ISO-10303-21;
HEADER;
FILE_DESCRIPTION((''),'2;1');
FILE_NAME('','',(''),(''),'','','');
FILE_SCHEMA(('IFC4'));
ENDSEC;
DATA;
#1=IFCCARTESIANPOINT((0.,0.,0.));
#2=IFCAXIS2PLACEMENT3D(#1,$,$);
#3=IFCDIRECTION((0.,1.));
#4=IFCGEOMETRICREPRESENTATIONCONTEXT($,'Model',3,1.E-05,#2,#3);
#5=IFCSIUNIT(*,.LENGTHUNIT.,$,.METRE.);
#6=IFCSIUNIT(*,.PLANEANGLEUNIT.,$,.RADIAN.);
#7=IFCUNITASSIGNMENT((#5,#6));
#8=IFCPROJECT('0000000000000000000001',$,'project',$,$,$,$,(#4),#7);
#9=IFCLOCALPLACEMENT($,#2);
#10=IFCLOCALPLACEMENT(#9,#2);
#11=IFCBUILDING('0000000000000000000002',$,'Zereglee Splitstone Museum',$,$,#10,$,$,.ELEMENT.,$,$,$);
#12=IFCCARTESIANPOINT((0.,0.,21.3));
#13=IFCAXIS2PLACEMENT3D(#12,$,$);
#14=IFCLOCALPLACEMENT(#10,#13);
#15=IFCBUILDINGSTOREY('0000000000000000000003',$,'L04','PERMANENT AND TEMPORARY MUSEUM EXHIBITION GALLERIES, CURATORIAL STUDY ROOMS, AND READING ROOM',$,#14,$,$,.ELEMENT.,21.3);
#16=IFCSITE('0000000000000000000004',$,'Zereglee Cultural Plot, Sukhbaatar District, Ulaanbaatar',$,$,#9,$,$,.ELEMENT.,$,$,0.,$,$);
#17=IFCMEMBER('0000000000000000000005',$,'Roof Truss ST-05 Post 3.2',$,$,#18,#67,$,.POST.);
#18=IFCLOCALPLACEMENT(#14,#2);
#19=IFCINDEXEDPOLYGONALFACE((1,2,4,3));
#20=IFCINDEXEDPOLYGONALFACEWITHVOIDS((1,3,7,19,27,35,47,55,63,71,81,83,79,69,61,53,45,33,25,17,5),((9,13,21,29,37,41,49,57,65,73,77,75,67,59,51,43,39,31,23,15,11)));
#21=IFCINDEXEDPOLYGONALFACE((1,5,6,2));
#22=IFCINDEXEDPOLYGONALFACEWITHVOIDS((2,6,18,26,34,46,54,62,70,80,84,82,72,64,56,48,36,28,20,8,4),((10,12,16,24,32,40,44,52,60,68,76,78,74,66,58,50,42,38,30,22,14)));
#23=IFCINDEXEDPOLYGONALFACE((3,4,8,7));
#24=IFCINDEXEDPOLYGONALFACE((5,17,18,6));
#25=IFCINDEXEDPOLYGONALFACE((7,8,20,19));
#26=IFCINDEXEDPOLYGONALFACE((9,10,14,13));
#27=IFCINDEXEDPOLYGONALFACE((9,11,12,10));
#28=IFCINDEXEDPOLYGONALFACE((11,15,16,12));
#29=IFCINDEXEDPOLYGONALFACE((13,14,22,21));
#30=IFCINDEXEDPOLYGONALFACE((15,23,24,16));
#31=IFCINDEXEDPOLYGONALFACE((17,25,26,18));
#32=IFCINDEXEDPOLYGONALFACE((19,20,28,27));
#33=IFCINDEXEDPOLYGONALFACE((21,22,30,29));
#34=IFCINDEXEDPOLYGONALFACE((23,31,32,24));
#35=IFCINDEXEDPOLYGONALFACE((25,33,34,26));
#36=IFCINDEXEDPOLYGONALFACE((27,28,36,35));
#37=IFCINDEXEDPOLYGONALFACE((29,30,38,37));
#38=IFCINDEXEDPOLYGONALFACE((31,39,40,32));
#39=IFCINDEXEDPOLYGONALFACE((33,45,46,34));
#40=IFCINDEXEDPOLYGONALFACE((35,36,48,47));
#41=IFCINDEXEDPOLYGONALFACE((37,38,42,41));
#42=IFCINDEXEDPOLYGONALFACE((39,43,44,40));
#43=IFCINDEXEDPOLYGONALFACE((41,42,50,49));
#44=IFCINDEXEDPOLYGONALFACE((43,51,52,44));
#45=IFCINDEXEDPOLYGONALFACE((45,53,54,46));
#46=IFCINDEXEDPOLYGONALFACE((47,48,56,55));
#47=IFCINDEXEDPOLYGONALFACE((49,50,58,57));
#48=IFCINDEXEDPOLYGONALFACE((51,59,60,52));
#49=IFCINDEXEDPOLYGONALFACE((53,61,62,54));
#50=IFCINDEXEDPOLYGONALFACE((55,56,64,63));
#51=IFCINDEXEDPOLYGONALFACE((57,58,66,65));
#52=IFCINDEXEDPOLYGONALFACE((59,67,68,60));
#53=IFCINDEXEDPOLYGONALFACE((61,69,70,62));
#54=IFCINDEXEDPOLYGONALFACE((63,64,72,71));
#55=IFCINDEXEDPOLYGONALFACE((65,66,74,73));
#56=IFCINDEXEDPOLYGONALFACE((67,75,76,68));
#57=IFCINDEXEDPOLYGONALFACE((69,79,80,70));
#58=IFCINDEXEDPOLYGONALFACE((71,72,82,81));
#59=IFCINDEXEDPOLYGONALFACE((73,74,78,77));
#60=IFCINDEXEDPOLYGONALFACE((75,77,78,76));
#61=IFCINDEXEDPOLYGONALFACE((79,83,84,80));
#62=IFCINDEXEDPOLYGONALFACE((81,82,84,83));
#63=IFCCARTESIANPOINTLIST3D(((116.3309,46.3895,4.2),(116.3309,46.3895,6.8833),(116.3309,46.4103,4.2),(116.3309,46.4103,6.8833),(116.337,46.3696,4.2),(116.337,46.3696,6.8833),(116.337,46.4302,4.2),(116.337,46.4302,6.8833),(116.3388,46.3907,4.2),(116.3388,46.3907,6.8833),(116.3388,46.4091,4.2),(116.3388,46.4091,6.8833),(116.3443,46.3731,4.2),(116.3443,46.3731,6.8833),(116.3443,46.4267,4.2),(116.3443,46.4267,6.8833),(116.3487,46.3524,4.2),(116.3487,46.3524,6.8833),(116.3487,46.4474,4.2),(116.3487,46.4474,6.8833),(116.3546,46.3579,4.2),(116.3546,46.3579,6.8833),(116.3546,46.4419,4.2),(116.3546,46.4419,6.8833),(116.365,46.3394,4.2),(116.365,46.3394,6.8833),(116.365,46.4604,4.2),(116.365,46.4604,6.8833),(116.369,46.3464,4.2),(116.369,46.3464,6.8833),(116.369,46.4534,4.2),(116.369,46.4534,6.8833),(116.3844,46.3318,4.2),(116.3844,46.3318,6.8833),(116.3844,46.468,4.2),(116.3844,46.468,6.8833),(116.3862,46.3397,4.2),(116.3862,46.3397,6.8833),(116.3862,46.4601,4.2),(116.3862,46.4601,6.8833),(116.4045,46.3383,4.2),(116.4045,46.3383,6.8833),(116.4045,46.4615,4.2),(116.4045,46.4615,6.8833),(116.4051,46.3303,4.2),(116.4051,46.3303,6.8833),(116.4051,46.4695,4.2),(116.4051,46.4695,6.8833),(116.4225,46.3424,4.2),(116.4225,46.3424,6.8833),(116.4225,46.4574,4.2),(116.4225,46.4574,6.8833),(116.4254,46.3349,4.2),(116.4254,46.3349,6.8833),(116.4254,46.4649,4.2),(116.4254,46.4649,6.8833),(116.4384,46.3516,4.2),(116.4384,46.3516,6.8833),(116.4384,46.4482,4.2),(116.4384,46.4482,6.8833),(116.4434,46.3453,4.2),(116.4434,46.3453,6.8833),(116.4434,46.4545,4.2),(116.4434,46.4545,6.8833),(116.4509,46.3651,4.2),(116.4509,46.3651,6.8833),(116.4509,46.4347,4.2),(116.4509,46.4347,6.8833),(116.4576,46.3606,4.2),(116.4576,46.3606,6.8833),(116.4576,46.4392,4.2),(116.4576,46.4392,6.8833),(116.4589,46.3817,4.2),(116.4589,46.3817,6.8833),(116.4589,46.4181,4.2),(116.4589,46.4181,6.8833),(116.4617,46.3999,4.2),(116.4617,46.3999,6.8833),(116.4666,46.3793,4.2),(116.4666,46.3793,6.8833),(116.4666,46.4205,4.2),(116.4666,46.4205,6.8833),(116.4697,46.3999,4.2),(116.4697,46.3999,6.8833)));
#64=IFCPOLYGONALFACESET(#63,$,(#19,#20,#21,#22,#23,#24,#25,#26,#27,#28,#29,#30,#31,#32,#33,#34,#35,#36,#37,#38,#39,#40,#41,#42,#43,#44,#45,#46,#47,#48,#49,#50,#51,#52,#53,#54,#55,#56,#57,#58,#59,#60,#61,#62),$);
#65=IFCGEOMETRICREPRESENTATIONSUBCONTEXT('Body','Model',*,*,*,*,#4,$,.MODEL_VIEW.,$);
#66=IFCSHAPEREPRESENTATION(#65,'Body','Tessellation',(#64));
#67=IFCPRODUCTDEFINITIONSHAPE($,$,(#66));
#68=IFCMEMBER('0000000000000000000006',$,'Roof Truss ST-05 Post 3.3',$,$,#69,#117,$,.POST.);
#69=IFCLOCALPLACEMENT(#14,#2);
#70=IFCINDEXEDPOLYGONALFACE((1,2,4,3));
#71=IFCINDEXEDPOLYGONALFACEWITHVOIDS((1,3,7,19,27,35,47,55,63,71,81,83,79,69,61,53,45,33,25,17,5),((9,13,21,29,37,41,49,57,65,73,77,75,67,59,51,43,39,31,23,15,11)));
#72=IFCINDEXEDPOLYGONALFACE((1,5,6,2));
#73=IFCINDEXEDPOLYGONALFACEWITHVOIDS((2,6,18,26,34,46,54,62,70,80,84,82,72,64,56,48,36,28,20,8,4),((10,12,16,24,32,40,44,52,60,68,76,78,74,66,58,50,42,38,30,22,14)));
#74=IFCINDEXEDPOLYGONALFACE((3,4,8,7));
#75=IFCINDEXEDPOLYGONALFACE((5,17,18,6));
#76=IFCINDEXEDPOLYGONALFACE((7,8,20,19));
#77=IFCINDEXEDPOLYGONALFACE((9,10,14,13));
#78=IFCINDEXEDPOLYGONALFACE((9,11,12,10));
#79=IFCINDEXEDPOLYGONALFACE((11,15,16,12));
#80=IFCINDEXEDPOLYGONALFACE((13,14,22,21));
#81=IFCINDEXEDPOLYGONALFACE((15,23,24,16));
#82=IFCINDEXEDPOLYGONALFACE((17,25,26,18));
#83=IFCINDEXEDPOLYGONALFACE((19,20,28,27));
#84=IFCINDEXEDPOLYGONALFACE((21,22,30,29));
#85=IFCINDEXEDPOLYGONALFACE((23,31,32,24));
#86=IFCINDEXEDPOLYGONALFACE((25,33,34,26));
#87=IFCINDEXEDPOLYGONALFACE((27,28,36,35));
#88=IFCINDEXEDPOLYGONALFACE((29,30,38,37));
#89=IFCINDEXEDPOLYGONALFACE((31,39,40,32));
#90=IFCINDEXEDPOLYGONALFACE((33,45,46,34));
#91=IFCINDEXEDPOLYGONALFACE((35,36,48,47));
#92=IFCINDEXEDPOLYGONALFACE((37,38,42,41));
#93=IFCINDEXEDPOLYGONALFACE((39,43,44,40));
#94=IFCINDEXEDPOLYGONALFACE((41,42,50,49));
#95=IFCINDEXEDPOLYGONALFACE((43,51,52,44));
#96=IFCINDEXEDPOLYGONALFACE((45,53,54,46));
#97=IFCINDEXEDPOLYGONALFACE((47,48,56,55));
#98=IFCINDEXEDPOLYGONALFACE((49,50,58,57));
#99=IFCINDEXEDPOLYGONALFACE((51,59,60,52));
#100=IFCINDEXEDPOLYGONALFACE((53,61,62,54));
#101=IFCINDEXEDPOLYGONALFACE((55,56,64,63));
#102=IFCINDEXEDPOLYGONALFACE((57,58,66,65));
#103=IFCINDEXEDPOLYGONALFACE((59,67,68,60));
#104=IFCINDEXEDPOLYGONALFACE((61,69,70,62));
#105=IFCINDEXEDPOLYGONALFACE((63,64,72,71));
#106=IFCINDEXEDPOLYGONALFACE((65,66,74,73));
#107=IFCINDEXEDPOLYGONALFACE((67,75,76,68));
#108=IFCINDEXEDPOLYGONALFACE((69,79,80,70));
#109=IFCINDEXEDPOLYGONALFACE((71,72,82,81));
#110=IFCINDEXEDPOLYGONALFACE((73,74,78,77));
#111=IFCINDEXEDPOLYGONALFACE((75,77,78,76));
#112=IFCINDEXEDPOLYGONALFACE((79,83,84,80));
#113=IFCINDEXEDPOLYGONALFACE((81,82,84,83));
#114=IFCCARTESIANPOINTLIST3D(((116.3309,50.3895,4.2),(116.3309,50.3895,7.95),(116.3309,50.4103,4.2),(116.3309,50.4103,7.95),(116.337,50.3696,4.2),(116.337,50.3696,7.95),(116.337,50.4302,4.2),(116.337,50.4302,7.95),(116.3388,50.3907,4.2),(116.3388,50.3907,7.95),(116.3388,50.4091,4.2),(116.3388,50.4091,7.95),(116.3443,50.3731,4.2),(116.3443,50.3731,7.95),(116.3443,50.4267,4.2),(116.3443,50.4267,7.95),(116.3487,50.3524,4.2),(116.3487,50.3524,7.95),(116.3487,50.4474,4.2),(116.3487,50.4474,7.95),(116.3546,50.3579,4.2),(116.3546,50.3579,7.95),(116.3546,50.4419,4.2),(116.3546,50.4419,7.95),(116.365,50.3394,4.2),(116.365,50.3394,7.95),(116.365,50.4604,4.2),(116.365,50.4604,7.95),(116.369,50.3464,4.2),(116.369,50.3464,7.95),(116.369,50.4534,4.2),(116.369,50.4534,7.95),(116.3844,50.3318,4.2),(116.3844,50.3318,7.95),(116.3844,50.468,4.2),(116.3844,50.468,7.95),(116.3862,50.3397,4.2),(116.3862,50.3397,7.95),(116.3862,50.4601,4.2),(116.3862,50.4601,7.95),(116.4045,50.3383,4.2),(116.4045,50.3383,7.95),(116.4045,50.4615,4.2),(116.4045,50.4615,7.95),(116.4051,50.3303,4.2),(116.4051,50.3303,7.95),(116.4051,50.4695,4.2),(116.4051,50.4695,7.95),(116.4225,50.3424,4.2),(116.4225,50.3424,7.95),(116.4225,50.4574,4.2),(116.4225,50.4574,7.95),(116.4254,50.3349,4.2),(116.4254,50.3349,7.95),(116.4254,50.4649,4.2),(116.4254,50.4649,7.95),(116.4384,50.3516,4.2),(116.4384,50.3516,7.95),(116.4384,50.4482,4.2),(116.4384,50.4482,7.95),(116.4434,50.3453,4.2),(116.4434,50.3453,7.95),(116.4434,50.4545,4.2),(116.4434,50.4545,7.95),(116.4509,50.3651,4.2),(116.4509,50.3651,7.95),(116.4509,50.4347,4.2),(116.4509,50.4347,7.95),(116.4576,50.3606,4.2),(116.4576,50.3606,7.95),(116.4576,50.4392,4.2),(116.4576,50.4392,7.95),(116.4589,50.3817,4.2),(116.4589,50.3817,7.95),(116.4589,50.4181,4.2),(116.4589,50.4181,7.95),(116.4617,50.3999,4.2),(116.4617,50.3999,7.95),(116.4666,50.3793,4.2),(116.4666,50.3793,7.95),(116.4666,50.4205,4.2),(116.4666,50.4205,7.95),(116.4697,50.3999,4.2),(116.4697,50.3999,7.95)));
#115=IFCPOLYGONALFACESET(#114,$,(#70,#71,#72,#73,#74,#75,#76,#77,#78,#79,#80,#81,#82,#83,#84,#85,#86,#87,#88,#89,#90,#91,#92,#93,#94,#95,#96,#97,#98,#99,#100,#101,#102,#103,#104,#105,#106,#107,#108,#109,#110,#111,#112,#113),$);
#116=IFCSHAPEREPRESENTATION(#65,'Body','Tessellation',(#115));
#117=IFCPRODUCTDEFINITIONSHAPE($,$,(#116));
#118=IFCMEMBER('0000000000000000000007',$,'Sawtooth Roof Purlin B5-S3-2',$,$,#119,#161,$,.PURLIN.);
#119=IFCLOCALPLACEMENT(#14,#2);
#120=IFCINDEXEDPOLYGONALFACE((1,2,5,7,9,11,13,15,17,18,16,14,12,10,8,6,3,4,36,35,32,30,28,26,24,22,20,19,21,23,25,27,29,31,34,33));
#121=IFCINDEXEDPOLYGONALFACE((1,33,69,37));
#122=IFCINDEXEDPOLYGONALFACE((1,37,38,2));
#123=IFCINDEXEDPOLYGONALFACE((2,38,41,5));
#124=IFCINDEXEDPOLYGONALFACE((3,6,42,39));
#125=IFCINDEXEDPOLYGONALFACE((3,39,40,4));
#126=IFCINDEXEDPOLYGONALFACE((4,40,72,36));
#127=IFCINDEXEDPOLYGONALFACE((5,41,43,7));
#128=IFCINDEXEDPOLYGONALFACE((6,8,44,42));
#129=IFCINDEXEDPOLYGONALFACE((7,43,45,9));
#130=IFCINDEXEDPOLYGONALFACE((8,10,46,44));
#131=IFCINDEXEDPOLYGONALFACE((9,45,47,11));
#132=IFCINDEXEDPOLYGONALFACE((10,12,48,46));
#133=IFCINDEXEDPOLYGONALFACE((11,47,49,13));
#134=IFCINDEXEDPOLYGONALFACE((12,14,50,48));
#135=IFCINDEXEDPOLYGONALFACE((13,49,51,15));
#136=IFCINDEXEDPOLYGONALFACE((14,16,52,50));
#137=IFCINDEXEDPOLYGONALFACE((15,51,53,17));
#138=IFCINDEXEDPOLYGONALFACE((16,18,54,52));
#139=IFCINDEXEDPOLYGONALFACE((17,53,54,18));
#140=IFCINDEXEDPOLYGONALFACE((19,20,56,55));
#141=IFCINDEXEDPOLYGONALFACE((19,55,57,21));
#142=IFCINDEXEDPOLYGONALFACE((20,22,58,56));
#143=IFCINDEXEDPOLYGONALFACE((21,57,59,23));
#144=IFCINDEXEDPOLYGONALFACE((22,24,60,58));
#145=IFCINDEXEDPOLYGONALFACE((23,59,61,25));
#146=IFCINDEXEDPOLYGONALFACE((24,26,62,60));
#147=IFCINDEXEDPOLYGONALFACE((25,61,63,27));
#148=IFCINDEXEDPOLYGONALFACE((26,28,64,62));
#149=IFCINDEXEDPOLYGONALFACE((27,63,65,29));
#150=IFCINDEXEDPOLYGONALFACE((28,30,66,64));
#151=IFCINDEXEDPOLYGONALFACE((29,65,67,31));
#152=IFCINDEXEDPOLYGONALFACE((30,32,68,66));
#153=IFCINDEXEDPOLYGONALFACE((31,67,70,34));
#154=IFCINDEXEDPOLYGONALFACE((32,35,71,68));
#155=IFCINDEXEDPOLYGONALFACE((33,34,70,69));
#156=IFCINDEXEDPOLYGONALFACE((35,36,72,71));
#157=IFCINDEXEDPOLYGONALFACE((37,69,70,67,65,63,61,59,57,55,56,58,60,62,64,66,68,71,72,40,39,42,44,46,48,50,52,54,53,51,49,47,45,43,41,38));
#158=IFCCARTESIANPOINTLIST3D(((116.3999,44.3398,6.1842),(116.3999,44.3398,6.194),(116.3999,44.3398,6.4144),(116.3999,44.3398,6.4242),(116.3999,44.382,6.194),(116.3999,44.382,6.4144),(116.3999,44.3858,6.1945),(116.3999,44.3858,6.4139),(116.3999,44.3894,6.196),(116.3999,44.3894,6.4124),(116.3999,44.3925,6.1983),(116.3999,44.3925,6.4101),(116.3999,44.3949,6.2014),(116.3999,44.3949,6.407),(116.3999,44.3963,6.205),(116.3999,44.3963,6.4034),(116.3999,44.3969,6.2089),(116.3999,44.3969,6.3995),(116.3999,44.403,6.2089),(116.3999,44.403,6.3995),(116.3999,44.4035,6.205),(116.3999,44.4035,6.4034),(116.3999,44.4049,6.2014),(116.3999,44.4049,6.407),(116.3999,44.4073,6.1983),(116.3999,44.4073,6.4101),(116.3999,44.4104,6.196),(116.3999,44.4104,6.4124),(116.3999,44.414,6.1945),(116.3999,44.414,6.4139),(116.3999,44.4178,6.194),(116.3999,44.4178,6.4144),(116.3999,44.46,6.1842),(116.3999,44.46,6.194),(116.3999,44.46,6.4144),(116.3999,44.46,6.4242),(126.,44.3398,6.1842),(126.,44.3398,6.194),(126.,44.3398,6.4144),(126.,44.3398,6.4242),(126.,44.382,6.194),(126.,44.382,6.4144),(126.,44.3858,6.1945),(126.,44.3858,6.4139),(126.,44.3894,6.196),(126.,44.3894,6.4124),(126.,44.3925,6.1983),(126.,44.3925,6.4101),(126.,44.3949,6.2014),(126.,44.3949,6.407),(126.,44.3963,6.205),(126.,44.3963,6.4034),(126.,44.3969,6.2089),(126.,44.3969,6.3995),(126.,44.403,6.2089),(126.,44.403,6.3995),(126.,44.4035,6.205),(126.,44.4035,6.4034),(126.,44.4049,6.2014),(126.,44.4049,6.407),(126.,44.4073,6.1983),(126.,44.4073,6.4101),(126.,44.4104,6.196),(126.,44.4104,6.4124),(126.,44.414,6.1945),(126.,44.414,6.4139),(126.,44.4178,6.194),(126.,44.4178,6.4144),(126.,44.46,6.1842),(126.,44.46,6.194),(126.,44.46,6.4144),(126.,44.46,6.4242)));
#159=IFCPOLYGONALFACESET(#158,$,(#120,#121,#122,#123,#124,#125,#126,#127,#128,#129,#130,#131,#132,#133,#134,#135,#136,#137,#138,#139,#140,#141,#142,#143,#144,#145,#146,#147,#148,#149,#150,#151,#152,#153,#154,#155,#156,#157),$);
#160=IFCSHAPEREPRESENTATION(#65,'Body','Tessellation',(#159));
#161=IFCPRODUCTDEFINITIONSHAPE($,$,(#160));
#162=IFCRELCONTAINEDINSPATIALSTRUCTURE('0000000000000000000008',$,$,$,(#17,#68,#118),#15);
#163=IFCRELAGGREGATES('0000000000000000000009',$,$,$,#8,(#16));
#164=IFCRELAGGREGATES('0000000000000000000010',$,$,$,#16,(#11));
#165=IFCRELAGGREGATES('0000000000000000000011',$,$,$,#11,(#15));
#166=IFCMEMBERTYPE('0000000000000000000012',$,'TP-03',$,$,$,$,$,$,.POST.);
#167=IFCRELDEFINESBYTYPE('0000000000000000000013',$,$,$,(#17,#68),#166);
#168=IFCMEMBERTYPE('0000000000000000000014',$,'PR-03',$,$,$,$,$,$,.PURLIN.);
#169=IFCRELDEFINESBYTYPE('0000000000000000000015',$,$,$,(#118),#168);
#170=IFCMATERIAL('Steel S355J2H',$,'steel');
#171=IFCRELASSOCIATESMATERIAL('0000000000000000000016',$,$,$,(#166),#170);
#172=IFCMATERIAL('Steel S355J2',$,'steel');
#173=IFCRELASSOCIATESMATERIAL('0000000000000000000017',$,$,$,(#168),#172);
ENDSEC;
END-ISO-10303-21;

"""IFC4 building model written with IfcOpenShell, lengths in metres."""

from ifc_helpers import new_model, si_unit, direction, frame, origin, origin_2d, place, context, subcontext, project, spatial, hollow_circle, i_section, extrude, material, material_profile, profile_set, type_object, element, save


model = new_model("IFC4")

# Units and contexts
model_context = context("Model", 3, precision=1e-05, world=origin(), true_north=direction((0.0, 1.0)))
body_context = subcontext(model_context, "Body", "Model", "MODEL_VIEW")
ifc_project = project(units=[si_unit("LENGTHUNIT", "METRE"), si_unit("PLANEANGLEUNIT", "RADIAN")], contexts=[model_context])

# Site, building, storey
site_placement = place(None, origin())
site = spatial("IfcSite", under=ifc_project, at=site_placement, Name="Zereglee Cultural Plot, Sukhbaatar District, Ulaanbaatar", CompositionType="ELEMENT", RefElevation=0.0)
building_placement = place(site_placement, origin())
building = spatial("IfcBuilding", under=site, at=building_placement, Name="Zereglee Splitstone Museum", CompositionType="ELEMENT")
storey_placement = place(building_placement, frame((0.0, 0.0, 21.3)))
storey = spatial("IfcBuildingStorey", under=building, at=storey_placement, Name="L04", Description="PERMANENT AND TEMPORARY MUSEUM EXHIBITION GALLERIES, CURATORIAL STUDY ROOMS, AND READING ROOM", CompositionType="ELEMENT", Elevation=21.3)

# Shared definitions
ifc_material_1 = material(Name="Steel S355J2", Category="steel")

# Shared definitions
ifc_material_2 = material(Name="Steel S355J2H", Category="steel")

# Members
ifc_material_profile_1 = material_profile(ifc_material_2, hollow_circle(Radius=0.0698, WallThickness=0.0081, at=origin_2d()), Name="CHS 139.7x8")
ifc_profile_set_1 = profile_set([ifc_material_profile_1], Name="Steel S355J2H")
member_type_1 = type_object("IfcMemberType", Name="TP-03", PredefinedType="POST", material=ifc_profile_set_1)
member_1_placement = place(storey_placement, frame((116.3999, 46.3999, 4.2), z_axis=(0.0, 0.0, 1.0), x_axis=(1.0, 0.0, 0.0)))
element("IfcMember", 1, at=member_1_placement, inside=storey, type_object=member_type_1, Name="Roof Truss ST-05 Post 3.2", PredefinedType="POST", context=body_context, shape_type="SweptSolid", body=[
    extrude(hollow_circle(Radius=0.0698, WallThickness=0.0081, at=origin_2d()), origin(), (0.0, 0.0, 1.0), 2.6833),
])
member_2_placement = place(storey_placement, frame((116.3999, 50.3999, 4.2), z_axis=(0.0, 0.0, 1.0), x_axis=(1.0, 0.0, 0.0)))
element("IfcMember", 2, at=member_2_placement, inside=storey, type_object=member_type_1, Name="Roof Truss ST-05 Post 3.3", PredefinedType="POST", context=body_context, shape_type="SweptSolid", body=[
    extrude(hollow_circle(Radius=0.0698, WallThickness=0.0081, at=origin_2d()), origin(), (0.0, 0.0, 1.0), 3.75),
])
ifc_material_profile_2 = material_profile(ifc_material_1, i_section(OverallWidth=0.1201, OverallDepth=0.24, WebThickness=0.0061, FlangeThickness=0.0098, FilletRadius=0.0149, at=origin_2d()), Name="IPE 240")
ifc_profile_set_2 = profile_set([ifc_material_profile_2], Name="Steel S355J2")
member_type_2 = type_object("IfcMemberType", Name="PR-03", PredefinedType="PURLIN", material=ifc_profile_set_2)
for number, where, z_axis, x_axis, name in (
    (3, (116.3999, 44.3999, 6.3042), (1.0, 0.0, 0.0), (0.0, 1.0, 0.0), "Sawtooth Roof Purlin B5-S3-2"),
):
    element("IfcMember", number, at=place(storey_placement, frame(where, z_axis=z_axis, x_axis=x_axis)), inside=storey, type_object=member_type_2, Name=name, PredefinedType="PURLIN", context=body_context, shape_type="SweptSolid", body=[
        extrude(i_section(OverallWidth=0.1201, OverallDepth=0.24, WebThickness=0.0061, FlangeThickness=0.0098, FilletRadius=0.0149, at=origin_2d()), origin(), (0.0, 0.0, 1.0), 9.6001),
    ])

save(model, "model.ifc")
